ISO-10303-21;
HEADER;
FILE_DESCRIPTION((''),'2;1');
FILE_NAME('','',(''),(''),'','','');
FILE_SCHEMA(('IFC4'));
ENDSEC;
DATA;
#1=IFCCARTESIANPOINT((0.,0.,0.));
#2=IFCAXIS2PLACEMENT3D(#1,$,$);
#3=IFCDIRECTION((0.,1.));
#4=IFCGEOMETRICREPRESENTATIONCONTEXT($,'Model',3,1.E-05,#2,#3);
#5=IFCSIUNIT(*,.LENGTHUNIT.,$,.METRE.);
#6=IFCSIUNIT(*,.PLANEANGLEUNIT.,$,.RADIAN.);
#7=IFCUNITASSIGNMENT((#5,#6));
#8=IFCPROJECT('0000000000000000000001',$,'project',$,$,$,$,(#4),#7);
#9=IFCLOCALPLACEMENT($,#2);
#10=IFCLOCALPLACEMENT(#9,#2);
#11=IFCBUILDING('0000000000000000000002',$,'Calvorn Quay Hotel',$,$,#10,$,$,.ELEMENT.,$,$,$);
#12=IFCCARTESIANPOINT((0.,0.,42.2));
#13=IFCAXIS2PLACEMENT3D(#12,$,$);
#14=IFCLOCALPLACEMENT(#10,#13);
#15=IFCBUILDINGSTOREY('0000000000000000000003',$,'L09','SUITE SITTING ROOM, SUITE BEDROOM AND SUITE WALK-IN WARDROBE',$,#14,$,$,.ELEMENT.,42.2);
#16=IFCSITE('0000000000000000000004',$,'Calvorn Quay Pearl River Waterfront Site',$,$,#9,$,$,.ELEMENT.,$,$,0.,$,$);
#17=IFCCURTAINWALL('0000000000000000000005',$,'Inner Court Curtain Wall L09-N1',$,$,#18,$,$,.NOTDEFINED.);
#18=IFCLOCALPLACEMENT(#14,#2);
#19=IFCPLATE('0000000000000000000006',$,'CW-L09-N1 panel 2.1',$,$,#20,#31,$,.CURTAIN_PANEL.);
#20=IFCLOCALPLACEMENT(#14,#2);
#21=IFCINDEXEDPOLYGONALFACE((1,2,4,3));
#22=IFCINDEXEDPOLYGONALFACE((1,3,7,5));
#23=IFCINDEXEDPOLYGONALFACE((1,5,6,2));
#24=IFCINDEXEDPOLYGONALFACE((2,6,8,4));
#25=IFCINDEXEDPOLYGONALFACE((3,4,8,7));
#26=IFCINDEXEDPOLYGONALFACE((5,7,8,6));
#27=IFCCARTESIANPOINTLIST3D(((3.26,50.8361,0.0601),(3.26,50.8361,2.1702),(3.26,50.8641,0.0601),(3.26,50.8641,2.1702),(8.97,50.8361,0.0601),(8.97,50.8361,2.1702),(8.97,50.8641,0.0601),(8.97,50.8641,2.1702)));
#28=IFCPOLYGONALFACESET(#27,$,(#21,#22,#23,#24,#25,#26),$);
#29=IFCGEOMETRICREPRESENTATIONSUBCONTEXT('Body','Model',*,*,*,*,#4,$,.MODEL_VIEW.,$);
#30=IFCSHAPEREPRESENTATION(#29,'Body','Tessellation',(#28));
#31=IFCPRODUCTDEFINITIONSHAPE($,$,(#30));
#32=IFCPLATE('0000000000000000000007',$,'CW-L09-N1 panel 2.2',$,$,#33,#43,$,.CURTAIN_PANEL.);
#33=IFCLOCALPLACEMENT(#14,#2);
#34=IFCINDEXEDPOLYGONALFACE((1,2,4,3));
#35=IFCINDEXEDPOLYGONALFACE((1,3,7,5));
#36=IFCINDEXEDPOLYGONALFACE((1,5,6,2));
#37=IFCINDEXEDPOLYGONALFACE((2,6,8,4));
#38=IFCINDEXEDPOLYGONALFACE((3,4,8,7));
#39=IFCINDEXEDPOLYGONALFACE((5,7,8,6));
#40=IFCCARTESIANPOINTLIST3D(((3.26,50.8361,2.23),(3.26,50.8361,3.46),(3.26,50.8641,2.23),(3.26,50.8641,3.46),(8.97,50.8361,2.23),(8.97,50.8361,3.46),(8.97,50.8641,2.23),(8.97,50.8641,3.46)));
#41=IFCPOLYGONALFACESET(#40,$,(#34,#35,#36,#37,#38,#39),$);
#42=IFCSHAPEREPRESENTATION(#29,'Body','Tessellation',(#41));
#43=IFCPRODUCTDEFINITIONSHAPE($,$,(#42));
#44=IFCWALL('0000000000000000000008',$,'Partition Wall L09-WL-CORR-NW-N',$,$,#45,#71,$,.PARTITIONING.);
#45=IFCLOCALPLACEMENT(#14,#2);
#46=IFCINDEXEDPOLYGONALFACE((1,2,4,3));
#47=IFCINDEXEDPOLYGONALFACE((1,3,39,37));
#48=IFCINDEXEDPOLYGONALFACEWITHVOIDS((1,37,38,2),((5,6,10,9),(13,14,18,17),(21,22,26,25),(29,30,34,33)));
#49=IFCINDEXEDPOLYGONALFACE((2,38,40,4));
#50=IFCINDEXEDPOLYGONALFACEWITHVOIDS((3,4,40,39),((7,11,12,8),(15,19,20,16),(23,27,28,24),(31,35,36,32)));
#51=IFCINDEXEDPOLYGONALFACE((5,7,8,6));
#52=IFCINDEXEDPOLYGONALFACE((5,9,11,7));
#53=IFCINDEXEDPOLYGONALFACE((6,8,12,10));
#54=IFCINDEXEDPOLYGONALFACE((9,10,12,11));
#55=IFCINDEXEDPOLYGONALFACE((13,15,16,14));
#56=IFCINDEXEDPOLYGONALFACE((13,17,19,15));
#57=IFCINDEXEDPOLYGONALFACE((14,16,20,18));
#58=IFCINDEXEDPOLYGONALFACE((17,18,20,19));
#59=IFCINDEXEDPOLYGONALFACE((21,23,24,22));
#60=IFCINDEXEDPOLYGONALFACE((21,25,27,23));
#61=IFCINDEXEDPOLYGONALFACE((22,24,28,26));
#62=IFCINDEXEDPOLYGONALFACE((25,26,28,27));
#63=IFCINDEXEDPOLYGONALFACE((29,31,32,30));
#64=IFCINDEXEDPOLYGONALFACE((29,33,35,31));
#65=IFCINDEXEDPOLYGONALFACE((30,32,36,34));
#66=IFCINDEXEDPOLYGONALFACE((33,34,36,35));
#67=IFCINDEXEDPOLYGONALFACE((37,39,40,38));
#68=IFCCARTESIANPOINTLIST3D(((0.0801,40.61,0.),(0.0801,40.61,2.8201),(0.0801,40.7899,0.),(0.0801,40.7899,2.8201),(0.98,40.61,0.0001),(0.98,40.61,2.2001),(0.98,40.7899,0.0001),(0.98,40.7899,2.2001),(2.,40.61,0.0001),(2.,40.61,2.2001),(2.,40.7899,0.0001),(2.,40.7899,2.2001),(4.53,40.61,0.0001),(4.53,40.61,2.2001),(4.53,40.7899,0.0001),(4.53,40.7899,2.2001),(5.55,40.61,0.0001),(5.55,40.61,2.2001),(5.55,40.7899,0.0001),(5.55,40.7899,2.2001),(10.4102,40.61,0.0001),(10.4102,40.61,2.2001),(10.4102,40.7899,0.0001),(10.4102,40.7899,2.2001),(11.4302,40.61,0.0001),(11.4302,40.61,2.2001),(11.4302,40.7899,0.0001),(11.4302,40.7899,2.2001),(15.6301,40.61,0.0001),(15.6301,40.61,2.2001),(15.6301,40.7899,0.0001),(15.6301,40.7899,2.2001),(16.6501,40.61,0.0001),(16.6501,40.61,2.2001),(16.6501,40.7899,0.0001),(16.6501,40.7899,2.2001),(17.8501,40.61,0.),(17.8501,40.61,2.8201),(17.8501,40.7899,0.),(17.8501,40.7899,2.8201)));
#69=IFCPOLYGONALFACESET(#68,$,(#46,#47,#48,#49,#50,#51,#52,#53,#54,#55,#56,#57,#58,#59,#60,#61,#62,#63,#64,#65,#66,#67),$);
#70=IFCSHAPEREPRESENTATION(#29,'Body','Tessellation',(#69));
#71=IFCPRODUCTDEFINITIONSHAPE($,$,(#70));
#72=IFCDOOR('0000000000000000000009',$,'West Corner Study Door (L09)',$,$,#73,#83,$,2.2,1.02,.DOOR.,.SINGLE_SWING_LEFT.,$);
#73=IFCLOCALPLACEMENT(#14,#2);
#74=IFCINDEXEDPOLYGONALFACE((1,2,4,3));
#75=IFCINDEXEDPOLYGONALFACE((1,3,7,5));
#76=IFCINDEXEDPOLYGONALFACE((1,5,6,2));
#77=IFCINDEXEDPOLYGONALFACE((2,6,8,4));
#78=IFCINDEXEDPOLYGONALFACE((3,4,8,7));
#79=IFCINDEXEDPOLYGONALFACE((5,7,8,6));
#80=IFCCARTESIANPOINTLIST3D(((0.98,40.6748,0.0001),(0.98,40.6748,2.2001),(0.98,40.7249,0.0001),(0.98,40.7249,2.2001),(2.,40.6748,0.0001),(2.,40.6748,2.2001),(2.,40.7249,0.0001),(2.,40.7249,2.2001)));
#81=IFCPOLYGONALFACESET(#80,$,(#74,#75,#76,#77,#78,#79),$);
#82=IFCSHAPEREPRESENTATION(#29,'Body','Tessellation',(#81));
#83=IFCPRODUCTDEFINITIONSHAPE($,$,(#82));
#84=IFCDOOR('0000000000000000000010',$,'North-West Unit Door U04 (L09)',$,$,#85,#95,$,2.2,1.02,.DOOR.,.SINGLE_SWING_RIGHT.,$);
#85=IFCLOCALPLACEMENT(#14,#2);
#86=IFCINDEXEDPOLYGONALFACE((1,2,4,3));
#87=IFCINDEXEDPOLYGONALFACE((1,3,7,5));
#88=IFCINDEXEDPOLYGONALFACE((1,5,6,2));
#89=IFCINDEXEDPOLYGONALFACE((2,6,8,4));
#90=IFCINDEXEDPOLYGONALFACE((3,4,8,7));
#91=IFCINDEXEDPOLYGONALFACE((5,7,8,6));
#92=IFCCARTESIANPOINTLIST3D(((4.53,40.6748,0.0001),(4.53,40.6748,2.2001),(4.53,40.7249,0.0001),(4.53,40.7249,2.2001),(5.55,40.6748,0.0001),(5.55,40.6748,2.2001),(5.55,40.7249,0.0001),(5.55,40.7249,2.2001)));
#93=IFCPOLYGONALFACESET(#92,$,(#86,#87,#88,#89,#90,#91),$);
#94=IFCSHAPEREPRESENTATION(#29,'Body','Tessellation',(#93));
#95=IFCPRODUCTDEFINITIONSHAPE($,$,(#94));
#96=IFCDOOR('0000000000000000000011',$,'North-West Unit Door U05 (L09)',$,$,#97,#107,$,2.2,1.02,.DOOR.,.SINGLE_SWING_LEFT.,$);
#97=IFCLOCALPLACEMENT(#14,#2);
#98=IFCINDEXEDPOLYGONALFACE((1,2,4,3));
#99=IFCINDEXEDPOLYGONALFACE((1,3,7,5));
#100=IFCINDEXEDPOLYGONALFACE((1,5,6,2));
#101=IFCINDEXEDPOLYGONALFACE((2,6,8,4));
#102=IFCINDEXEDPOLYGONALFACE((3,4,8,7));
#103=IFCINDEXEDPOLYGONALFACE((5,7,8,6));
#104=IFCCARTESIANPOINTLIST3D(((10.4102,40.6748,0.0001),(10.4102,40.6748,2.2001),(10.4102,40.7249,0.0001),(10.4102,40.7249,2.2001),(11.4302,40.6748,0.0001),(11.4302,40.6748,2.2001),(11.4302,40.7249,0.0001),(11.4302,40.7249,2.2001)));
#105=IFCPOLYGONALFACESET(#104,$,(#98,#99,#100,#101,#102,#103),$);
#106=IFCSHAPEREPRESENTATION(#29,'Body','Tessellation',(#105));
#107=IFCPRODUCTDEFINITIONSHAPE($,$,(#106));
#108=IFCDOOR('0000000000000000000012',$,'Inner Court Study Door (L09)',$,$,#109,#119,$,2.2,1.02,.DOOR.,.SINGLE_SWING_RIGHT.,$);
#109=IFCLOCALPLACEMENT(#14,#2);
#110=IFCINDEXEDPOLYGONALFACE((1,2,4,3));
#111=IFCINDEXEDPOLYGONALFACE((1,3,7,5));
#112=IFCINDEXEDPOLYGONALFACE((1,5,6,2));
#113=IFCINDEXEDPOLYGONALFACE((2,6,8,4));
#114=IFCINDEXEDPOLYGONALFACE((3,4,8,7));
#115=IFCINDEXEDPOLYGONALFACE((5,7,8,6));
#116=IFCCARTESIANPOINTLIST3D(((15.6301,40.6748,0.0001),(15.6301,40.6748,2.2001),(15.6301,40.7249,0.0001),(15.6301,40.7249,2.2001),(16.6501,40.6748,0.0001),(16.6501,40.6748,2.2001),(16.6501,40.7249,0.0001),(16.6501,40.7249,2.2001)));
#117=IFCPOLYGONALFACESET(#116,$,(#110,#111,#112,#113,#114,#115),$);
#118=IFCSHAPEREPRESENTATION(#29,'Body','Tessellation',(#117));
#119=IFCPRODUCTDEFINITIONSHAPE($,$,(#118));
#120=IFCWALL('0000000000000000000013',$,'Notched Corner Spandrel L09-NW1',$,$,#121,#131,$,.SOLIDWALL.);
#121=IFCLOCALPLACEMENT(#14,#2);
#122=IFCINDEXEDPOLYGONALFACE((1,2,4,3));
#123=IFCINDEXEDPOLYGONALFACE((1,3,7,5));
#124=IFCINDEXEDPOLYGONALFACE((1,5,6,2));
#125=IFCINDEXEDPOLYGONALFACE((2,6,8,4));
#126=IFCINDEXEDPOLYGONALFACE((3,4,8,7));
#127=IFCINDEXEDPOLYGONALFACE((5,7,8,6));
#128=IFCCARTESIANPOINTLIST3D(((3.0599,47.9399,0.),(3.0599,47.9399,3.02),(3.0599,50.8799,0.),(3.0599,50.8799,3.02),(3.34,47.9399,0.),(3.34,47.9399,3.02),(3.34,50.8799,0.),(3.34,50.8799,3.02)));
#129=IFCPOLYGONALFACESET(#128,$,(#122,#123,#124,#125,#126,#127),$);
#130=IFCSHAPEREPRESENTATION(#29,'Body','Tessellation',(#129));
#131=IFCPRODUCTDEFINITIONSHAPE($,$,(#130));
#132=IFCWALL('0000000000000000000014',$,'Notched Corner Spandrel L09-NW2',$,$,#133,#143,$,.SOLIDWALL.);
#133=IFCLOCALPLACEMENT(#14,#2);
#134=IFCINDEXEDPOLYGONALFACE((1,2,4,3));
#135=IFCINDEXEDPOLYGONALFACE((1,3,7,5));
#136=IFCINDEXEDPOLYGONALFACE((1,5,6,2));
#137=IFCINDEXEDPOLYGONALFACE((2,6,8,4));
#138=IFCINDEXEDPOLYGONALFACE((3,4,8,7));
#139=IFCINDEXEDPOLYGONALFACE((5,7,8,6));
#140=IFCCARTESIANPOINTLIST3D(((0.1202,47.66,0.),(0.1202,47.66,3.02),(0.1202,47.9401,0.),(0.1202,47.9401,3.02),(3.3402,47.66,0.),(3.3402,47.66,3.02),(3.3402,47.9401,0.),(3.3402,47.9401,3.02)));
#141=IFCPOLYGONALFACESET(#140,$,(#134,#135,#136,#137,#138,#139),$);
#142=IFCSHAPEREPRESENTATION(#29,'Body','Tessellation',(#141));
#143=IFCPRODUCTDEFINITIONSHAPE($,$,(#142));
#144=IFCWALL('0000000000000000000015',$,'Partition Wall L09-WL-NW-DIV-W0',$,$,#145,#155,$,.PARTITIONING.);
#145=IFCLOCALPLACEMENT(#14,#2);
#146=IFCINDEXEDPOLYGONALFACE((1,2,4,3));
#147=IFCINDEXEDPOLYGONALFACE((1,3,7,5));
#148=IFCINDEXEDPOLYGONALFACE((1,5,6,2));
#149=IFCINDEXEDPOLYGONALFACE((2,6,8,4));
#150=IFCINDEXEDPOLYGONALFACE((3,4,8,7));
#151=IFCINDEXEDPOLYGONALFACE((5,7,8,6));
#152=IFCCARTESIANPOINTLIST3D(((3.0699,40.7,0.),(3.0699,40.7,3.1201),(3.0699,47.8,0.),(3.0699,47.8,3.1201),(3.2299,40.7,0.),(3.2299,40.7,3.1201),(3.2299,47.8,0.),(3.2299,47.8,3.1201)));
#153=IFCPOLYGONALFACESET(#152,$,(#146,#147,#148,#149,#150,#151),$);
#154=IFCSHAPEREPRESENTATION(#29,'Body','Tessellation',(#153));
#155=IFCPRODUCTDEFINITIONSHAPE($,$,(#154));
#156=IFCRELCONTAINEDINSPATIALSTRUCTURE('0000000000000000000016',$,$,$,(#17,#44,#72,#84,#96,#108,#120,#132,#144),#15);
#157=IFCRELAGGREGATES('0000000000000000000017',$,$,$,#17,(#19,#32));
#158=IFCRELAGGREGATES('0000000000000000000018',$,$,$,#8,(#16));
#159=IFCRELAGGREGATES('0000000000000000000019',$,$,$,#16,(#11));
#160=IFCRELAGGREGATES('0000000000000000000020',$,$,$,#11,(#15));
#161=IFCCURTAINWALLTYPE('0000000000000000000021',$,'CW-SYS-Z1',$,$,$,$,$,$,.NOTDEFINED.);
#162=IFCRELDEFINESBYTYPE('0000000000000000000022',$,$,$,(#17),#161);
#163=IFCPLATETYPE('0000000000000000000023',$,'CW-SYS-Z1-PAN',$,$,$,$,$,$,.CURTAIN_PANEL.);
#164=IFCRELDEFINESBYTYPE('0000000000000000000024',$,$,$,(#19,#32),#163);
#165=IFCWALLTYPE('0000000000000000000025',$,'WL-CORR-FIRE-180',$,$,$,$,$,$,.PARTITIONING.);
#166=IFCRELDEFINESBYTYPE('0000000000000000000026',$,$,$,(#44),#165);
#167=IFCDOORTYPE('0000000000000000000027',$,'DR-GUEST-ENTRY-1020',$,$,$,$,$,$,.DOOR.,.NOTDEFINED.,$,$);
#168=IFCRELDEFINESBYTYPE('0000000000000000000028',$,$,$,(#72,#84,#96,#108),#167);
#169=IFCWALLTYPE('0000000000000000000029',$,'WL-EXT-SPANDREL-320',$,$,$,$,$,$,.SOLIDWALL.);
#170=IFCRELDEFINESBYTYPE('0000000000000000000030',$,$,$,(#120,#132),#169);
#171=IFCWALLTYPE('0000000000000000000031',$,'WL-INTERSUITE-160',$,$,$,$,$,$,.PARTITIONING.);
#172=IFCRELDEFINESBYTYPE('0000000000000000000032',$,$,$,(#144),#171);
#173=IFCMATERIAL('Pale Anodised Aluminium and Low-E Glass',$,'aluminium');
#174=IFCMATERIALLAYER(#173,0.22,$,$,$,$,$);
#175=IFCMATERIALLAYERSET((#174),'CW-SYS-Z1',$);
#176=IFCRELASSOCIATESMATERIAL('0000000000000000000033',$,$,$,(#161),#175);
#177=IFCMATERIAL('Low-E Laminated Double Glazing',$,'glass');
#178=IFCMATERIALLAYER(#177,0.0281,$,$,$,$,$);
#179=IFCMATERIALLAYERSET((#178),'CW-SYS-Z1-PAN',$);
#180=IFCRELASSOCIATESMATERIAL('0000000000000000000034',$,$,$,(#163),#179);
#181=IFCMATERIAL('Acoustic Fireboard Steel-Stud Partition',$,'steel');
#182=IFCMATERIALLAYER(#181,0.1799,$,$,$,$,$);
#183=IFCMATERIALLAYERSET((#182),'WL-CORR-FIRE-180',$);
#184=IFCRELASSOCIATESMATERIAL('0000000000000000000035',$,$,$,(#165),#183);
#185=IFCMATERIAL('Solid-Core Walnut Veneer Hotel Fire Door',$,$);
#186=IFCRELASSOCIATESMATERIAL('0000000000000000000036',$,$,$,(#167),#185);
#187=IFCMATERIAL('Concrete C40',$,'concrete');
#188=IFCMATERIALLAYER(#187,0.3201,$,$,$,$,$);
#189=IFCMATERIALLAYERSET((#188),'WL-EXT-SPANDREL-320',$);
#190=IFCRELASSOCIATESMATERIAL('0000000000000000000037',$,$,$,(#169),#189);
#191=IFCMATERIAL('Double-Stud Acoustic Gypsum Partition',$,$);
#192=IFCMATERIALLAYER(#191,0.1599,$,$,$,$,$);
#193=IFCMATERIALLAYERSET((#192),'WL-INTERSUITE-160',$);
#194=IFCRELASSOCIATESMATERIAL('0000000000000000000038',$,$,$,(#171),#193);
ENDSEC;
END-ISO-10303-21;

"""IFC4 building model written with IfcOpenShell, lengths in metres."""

from ifc_helpers import new_model, si_unit, direction, frame, frame_2d, origin, origin_2d, place, context, subcontext, project, spatial, rectangle, extrude, material, layer, layer_set, type_object, element, fill, aggregate, save


model = new_model("IFC4")

# Units and contexts
model_context = context("Model", 3, precision=1e-05, world=origin(), true_north=direction((0.0, 1.0)))
body_context = subcontext(model_context, "Body", "Model", "MODEL_VIEW")
ifc_project = project(units=[si_unit("LENGTHUNIT", "METRE"), si_unit("PLANEANGLEUNIT", "RADIAN")], contexts=[model_context])

# Site, building, storey
site_placement = place(None, origin())
site = spatial("IfcSite", under=ifc_project, at=site_placement, Name="Calvorn Quay Pearl River Waterfront Site", CompositionType="ELEMENT", RefElevation=0.0)
building_placement = place(site_placement, origin())
building = spatial("IfcBuilding", under=site, at=building_placement, Name="Calvorn Quay Hotel", CompositionType="ELEMENT")
storey_placement = place(building_placement, frame((0.0, 0.0, 42.2)))
storey = spatial("IfcBuildingStorey", under=building, at=storey_placement, Name="L09", Description="SUITE SITTING ROOM, SUITE BEDROOM AND SUITE WALK-IN WARDROBE", CompositionType="ELEMENT", Elevation=42.2)

# Shared definitions
ifc_material_1 = material(Name="Pale Anodised Aluminium and Low-E Glass", Category="aluminium")
ifc_layer_1 = layer(ifc_material_1, 0.22)
ifc_layer_set_1 = layer_set([ifc_layer_1], Name="CW-SYS-Z1")
curtain_wall_type = type_object("IfcCurtainWallType", Name="CW-SYS-Z1", PredefinedType="NOTDEFINED", material=ifc_layer_set_1)

# Curtain wall
curtain_wall_1_placement = place(storey_placement, origin())
curtain_wall_1 = element("IfcCurtainWall", 1, at=curtain_wall_1_placement, inside=storey, type_object=curtain_wall_type, Name="Inner Court Curtain Wall L09-N1", PredefinedType="NOTDEFINED")

# Plates
ifc_material_2 = material(Name="Low-E Laminated Double Glazing", Category="glass")
ifc_layer_2 = layer(ifc_material_2, 0.0281)
ifc_layer_set_2 = layer_set([ifc_layer_2], Name="CW-SYS-Z1-PAN")
plate_type = type_object("IfcPlateType", Name="CW-SYS-Z1-PAN", PredefinedType="CURTAIN_PANEL", material=ifc_layer_set_2)
plate_1_placement = place(storey_placement, frame((6.115, 50.8501, 0.0601), z_axis=(0.0, 0.0, 1.0), x_axis=(-1.0, 0.0, 0.0)))
plate_1 = element("IfcPlate", 2, at=plate_1_placement, type_object=plate_type, Name="CW-L09-N1 panel 2.1", PredefinedType="CURTAIN_PANEL", context=body_context, shape_type="SweptSolid", body=[
    extrude(rectangle(XDim=5.71, YDim=0.0281, at=origin_2d()), origin(), (0.0, 0.0, 1.0), 2.1101),
])
plate_2_placement = place(storey_placement, frame((6.115, 50.8501, 2.23), z_axis=(0.0, 0.0, 1.0), x_axis=(-1.0, 0.0, 0.0)))
plate_2 = element("IfcPlate", 3, at=plate_2_placement, type_object=plate_type, Name="CW-L09-N1 panel 2.2", PredefinedType="CURTAIN_PANEL", context=body_context, shape_type="SweptSolid", body=[
    extrude(rectangle(XDim=5.71, YDim=0.0281, at=origin_2d()), origin(), (0.0, 0.0, 1.0), 1.23),
])
aggregate(curtain_wall_1, [plate_1, plate_2])

# Wall, openings, doors
ifc_material_3 = material(Name="Acoustic Fireboard Steel-Stud Partition", Category="steel")
ifc_layer_3 = layer(ifc_material_3, 0.1799)
ifc_layer_set_3 = layer_set([ifc_layer_3], Name="WL-CORR-FIRE-180")
wall_type_1 = type_object("IfcWallType", Name="WL-CORR-FIRE-180", PredefinedType="PARTITIONING", material=ifc_layer_set_3)
wall_1_placement = place(storey_placement, frame((0.0801, 40.7, 0.0), z_axis=(0.0, 0.0, 1.0), x_axis=(1.0, 0.0, 0.0)))
wall_1 = element("IfcWall", 4, at=wall_1_placement, inside=storey, type_object=wall_type_1, Name="Partition Wall L09-WL-CORR-NW-N", PredefinedType="PARTITIONING", context=body_context, shape_type="SweptSolid", body=[
    extrude(rectangle(XDim=17.77, YDim=0.1799, at=frame_2d((8.885, 0.0))), origin(), (0.0, 0.0, 1.0), 2.8201),
])
opening_1_placement = place(wall_1_placement, frame((0.8999, 0.0, 0.0)))
opening_1 = element("IfcOpeningElement", 5, at=opening_1_placement, cuts=wall_1, PredefinedType="OPENING", context=body_context, shape_type="SweptSolid", body=[
    extrude(rectangle(XDim=1.02, YDim=2.2, at=frame_2d((0.51, 1.1001))), frame((0.0, 0.0999, 0.0), z_axis=(0.0, -1.0, 0.0), x_axis=(1.0, 0.0, 0.0)), (0.0, 0.0, 1.0), 0.2),
])
opening_2_placement = place(wall_1_placement, frame((4.45, 0.0, 0.0)))
opening_2 = element("IfcOpeningElement", 6, at=opening_2_placement, cuts=wall_1, PredefinedType="OPENING", context=body_context, shape_type="SweptSolid", body=[
    extrude(rectangle(XDim=1.02, YDim=2.2, at=frame_2d((0.51, 1.1001))), frame((0.0, 0.0999, 0.0), z_axis=(0.0, -1.0, 0.0), x_axis=(1.0, 0.0, 0.0)), (0.0, 0.0, 1.0), 0.2),
])
opening_3_placement = place(wall_1_placement, frame((10.3301, 0.0, 0.0)))
opening_3 = element("IfcOpeningElement", 7, at=opening_3_placement, cuts=wall_1, PredefinedType="OPENING", context=body_context, shape_type="SweptSolid", body=[
    extrude(rectangle(XDim=1.02, YDim=2.2, at=frame_2d((0.51, 1.1001))), frame((0.0, 0.0999, 0.0), z_axis=(0.0, -1.0, 0.0), x_axis=(1.0, 0.0, 0.0)), (0.0, 0.0, 1.0), 0.2),
])
opening_4_placement = place(wall_1_placement, frame((15.55, 0.0, 0.0)))
opening_4 = element("IfcOpeningElement", 8, at=opening_4_placement, cuts=wall_1, PredefinedType="OPENING", context=body_context, shape_type="SweptSolid", body=[
    extrude(rectangle(XDim=1.02, YDim=2.2, at=frame_2d((0.51, 1.1001))), frame((0.0, 0.0999, 0.0), z_axis=(0.0, -1.0, 0.0), x_axis=(1.0, 0.0, 0.0)), (0.0, 0.0, 1.0), 0.2),
])
ifc_material_4 = material(Name="Solid-Core Walnut Veneer Hotel Fire Door")
door_type_1 = type_object("IfcDoorType", Name="DR-GUEST-ENTRY-1020", OperationType="NOTDEFINED", PredefinedType="DOOR", material=ifc_material_4)
door_1_placement = place(opening_1_placement, origin())
door_1 = element("IfcDoor", 9, at=door_1_placement, inside=storey, type_object=door_type_1, Name="West Corner Study Door (L09)", OperationType="SINGLE_SWING_LEFT", OverallHeight=2.2, OverallWidth=1.02, PredefinedType="DOOR", context=body_context, shape_type="SweptSolid", body=[
    extrude(rectangle(XDim=1.02, YDim=2.2, at=frame_2d((0.51, 1.1001))), frame((0.0, 0.0249, 0.0), z_axis=(0.0, -1.0, 0.0), x_axis=(1.0, 0.0, 0.0)), (0.0, 0.0, 1.0), 0.05),
])
fill(opening_1, door_1)
door_2_placement = place(opening_2_placement, origin())
door_2 = element("IfcDoor", 10, at=door_2_placement, inside=storey, type_object=door_type_1, Name="North-West Unit Door U04 (L09)", OperationType="SINGLE_SWING_RIGHT", OverallHeight=2.2, OverallWidth=1.02, PredefinedType="DOOR", context=body_context, shape_type="SweptSolid", body=[
    extrude(rectangle(XDim=1.02, YDim=2.2, at=frame_2d((0.51, 1.1001))), frame((0.0, 0.0249, 0.0), z_axis=(0.0, -1.0, 0.0), x_axis=(1.0, 0.0, 0.0)), (0.0, 0.0, 1.0), 0.05),
])
fill(opening_2, door_2)
door_3_placement = place(opening_3_placement, origin())
door_3 = element("IfcDoor", 11, at=door_3_placement, inside=storey, type_object=door_type_1, Name="North-West Unit Door U05 (L09)", OperationType="SINGLE_SWING_LEFT", OverallHeight=2.2, OverallWidth=1.02, PredefinedType="DOOR", context=body_context, shape_type="SweptSolid", body=[
    extrude(rectangle(XDim=1.02, YDim=2.2, at=frame_2d((0.51, 1.1001))), frame((0.0, 0.0249, 0.0), z_axis=(0.0, -1.0, 0.0), x_axis=(1.0, 0.0, 0.0)), (0.0, 0.0, 1.0), 0.05),
])
fill(opening_3, door_3)
door_4_placement = place(opening_4_placement, origin())
door_4 = element("IfcDoor", 12, at=door_4_placement, inside=storey, type_object=door_type_1, Name="Inner Court Study Door (L09)", OperationType="SINGLE_SWING_RIGHT", OverallHeight=2.2, OverallWidth=1.02, PredefinedType="DOOR", context=body_context, shape_type="SweptSolid", body=[
    extrude(rectangle(XDim=1.02, YDim=2.2, at=frame_2d((0.51, 1.1001))), frame((0.0, 0.0249, 0.0), z_axis=(0.0, -1.0, 0.0), x_axis=(1.0, 0.0, 0.0)), (0.0, 0.0, 1.0), 0.05),
])
fill(opening_4, door_4)

# Walls
ifc_material_5 = material(Name="Concrete C40", Category="concrete")
ifc_layer_4 = layer(ifc_material_5, 0.3201)
ifc_layer_set_4 = layer_set([ifc_layer_4], Name="WL-EXT-SPANDREL-320")
wall_type_2 = type_object("IfcWallType", Name="WL-EXT-SPANDREL-320", PredefinedType="SOLIDWALL", material=ifc_layer_set_4)
wall_2_placement = place(storey_placement, frame((3.2, 50.8799, 0.0), z_axis=(0.0, 0.0, 1.0), x_axis=(0.0, -1.0, 0.0)))
element("IfcWall", 13, at=wall_2_placement, inside=storey, type_object=wall_type_2, Name="Notched Corner Spandrel L09-NW1", PredefinedType="SOLIDWALL", context=body_context, shape_type="SweptSolid", body=[
    extrude(rectangle(XDim=2.9399, YDim=0.28, at=frame_2d((1.47, 0.0))), origin(), (0.0, 0.0, 1.0), 3.02),
])
wall_3_placement = place(storey_placement, frame((3.3401, 47.8, 0.0), z_axis=(0.0, 0.0, 1.0), x_axis=(-1.0, 0.0, 0.0)))
element("IfcWall", 14, at=wall_3_placement, inside=storey, type_object=wall_type_2, Name="Notched Corner Spandrel L09-NW2", PredefinedType="SOLIDWALL", context=body_context, shape_type="SweptSolid", body=[
    extrude(rectangle(XDim=3.22, YDim=0.28, at=frame_2d((1.6099, 0.0))), origin(), (0.0, 0.0, 1.0), 3.02),
])
ifc_material_6 = material(Name="Double-Stud Acoustic Gypsum Partition")
ifc_layer_5 = layer(ifc_material_6, 0.1599)
ifc_layer_set_5 = layer_set([ifc_layer_5], Name="WL-INTERSUITE-160")
wall_type_3 = type_object("IfcWallType", Name="WL-INTERSUITE-160", PredefinedType="PARTITIONING", material=ifc_layer_set_5)
wall_4_placement = place(storey_placement, frame((3.1499, 40.7, 0.0), z_axis=(0.0, 0.0, 1.0), x_axis=(0.0, 1.0, 0.0)))
element("IfcWall", 15, at=wall_4_placement, inside=storey, type_object=wall_type_3, Name="Partition Wall L09-WL-NW-DIV-W0", PredefinedType="PARTITIONING", context=body_context, shape_type="SweptSolid", body=[
    extrude(rectangle(XDim=7.1001, YDim=0.1599, at=frame_2d((3.55, 0.0))), origin(), (0.0, 0.0, 1.0), 3.1201),
])

save(model, "model.ifc")
